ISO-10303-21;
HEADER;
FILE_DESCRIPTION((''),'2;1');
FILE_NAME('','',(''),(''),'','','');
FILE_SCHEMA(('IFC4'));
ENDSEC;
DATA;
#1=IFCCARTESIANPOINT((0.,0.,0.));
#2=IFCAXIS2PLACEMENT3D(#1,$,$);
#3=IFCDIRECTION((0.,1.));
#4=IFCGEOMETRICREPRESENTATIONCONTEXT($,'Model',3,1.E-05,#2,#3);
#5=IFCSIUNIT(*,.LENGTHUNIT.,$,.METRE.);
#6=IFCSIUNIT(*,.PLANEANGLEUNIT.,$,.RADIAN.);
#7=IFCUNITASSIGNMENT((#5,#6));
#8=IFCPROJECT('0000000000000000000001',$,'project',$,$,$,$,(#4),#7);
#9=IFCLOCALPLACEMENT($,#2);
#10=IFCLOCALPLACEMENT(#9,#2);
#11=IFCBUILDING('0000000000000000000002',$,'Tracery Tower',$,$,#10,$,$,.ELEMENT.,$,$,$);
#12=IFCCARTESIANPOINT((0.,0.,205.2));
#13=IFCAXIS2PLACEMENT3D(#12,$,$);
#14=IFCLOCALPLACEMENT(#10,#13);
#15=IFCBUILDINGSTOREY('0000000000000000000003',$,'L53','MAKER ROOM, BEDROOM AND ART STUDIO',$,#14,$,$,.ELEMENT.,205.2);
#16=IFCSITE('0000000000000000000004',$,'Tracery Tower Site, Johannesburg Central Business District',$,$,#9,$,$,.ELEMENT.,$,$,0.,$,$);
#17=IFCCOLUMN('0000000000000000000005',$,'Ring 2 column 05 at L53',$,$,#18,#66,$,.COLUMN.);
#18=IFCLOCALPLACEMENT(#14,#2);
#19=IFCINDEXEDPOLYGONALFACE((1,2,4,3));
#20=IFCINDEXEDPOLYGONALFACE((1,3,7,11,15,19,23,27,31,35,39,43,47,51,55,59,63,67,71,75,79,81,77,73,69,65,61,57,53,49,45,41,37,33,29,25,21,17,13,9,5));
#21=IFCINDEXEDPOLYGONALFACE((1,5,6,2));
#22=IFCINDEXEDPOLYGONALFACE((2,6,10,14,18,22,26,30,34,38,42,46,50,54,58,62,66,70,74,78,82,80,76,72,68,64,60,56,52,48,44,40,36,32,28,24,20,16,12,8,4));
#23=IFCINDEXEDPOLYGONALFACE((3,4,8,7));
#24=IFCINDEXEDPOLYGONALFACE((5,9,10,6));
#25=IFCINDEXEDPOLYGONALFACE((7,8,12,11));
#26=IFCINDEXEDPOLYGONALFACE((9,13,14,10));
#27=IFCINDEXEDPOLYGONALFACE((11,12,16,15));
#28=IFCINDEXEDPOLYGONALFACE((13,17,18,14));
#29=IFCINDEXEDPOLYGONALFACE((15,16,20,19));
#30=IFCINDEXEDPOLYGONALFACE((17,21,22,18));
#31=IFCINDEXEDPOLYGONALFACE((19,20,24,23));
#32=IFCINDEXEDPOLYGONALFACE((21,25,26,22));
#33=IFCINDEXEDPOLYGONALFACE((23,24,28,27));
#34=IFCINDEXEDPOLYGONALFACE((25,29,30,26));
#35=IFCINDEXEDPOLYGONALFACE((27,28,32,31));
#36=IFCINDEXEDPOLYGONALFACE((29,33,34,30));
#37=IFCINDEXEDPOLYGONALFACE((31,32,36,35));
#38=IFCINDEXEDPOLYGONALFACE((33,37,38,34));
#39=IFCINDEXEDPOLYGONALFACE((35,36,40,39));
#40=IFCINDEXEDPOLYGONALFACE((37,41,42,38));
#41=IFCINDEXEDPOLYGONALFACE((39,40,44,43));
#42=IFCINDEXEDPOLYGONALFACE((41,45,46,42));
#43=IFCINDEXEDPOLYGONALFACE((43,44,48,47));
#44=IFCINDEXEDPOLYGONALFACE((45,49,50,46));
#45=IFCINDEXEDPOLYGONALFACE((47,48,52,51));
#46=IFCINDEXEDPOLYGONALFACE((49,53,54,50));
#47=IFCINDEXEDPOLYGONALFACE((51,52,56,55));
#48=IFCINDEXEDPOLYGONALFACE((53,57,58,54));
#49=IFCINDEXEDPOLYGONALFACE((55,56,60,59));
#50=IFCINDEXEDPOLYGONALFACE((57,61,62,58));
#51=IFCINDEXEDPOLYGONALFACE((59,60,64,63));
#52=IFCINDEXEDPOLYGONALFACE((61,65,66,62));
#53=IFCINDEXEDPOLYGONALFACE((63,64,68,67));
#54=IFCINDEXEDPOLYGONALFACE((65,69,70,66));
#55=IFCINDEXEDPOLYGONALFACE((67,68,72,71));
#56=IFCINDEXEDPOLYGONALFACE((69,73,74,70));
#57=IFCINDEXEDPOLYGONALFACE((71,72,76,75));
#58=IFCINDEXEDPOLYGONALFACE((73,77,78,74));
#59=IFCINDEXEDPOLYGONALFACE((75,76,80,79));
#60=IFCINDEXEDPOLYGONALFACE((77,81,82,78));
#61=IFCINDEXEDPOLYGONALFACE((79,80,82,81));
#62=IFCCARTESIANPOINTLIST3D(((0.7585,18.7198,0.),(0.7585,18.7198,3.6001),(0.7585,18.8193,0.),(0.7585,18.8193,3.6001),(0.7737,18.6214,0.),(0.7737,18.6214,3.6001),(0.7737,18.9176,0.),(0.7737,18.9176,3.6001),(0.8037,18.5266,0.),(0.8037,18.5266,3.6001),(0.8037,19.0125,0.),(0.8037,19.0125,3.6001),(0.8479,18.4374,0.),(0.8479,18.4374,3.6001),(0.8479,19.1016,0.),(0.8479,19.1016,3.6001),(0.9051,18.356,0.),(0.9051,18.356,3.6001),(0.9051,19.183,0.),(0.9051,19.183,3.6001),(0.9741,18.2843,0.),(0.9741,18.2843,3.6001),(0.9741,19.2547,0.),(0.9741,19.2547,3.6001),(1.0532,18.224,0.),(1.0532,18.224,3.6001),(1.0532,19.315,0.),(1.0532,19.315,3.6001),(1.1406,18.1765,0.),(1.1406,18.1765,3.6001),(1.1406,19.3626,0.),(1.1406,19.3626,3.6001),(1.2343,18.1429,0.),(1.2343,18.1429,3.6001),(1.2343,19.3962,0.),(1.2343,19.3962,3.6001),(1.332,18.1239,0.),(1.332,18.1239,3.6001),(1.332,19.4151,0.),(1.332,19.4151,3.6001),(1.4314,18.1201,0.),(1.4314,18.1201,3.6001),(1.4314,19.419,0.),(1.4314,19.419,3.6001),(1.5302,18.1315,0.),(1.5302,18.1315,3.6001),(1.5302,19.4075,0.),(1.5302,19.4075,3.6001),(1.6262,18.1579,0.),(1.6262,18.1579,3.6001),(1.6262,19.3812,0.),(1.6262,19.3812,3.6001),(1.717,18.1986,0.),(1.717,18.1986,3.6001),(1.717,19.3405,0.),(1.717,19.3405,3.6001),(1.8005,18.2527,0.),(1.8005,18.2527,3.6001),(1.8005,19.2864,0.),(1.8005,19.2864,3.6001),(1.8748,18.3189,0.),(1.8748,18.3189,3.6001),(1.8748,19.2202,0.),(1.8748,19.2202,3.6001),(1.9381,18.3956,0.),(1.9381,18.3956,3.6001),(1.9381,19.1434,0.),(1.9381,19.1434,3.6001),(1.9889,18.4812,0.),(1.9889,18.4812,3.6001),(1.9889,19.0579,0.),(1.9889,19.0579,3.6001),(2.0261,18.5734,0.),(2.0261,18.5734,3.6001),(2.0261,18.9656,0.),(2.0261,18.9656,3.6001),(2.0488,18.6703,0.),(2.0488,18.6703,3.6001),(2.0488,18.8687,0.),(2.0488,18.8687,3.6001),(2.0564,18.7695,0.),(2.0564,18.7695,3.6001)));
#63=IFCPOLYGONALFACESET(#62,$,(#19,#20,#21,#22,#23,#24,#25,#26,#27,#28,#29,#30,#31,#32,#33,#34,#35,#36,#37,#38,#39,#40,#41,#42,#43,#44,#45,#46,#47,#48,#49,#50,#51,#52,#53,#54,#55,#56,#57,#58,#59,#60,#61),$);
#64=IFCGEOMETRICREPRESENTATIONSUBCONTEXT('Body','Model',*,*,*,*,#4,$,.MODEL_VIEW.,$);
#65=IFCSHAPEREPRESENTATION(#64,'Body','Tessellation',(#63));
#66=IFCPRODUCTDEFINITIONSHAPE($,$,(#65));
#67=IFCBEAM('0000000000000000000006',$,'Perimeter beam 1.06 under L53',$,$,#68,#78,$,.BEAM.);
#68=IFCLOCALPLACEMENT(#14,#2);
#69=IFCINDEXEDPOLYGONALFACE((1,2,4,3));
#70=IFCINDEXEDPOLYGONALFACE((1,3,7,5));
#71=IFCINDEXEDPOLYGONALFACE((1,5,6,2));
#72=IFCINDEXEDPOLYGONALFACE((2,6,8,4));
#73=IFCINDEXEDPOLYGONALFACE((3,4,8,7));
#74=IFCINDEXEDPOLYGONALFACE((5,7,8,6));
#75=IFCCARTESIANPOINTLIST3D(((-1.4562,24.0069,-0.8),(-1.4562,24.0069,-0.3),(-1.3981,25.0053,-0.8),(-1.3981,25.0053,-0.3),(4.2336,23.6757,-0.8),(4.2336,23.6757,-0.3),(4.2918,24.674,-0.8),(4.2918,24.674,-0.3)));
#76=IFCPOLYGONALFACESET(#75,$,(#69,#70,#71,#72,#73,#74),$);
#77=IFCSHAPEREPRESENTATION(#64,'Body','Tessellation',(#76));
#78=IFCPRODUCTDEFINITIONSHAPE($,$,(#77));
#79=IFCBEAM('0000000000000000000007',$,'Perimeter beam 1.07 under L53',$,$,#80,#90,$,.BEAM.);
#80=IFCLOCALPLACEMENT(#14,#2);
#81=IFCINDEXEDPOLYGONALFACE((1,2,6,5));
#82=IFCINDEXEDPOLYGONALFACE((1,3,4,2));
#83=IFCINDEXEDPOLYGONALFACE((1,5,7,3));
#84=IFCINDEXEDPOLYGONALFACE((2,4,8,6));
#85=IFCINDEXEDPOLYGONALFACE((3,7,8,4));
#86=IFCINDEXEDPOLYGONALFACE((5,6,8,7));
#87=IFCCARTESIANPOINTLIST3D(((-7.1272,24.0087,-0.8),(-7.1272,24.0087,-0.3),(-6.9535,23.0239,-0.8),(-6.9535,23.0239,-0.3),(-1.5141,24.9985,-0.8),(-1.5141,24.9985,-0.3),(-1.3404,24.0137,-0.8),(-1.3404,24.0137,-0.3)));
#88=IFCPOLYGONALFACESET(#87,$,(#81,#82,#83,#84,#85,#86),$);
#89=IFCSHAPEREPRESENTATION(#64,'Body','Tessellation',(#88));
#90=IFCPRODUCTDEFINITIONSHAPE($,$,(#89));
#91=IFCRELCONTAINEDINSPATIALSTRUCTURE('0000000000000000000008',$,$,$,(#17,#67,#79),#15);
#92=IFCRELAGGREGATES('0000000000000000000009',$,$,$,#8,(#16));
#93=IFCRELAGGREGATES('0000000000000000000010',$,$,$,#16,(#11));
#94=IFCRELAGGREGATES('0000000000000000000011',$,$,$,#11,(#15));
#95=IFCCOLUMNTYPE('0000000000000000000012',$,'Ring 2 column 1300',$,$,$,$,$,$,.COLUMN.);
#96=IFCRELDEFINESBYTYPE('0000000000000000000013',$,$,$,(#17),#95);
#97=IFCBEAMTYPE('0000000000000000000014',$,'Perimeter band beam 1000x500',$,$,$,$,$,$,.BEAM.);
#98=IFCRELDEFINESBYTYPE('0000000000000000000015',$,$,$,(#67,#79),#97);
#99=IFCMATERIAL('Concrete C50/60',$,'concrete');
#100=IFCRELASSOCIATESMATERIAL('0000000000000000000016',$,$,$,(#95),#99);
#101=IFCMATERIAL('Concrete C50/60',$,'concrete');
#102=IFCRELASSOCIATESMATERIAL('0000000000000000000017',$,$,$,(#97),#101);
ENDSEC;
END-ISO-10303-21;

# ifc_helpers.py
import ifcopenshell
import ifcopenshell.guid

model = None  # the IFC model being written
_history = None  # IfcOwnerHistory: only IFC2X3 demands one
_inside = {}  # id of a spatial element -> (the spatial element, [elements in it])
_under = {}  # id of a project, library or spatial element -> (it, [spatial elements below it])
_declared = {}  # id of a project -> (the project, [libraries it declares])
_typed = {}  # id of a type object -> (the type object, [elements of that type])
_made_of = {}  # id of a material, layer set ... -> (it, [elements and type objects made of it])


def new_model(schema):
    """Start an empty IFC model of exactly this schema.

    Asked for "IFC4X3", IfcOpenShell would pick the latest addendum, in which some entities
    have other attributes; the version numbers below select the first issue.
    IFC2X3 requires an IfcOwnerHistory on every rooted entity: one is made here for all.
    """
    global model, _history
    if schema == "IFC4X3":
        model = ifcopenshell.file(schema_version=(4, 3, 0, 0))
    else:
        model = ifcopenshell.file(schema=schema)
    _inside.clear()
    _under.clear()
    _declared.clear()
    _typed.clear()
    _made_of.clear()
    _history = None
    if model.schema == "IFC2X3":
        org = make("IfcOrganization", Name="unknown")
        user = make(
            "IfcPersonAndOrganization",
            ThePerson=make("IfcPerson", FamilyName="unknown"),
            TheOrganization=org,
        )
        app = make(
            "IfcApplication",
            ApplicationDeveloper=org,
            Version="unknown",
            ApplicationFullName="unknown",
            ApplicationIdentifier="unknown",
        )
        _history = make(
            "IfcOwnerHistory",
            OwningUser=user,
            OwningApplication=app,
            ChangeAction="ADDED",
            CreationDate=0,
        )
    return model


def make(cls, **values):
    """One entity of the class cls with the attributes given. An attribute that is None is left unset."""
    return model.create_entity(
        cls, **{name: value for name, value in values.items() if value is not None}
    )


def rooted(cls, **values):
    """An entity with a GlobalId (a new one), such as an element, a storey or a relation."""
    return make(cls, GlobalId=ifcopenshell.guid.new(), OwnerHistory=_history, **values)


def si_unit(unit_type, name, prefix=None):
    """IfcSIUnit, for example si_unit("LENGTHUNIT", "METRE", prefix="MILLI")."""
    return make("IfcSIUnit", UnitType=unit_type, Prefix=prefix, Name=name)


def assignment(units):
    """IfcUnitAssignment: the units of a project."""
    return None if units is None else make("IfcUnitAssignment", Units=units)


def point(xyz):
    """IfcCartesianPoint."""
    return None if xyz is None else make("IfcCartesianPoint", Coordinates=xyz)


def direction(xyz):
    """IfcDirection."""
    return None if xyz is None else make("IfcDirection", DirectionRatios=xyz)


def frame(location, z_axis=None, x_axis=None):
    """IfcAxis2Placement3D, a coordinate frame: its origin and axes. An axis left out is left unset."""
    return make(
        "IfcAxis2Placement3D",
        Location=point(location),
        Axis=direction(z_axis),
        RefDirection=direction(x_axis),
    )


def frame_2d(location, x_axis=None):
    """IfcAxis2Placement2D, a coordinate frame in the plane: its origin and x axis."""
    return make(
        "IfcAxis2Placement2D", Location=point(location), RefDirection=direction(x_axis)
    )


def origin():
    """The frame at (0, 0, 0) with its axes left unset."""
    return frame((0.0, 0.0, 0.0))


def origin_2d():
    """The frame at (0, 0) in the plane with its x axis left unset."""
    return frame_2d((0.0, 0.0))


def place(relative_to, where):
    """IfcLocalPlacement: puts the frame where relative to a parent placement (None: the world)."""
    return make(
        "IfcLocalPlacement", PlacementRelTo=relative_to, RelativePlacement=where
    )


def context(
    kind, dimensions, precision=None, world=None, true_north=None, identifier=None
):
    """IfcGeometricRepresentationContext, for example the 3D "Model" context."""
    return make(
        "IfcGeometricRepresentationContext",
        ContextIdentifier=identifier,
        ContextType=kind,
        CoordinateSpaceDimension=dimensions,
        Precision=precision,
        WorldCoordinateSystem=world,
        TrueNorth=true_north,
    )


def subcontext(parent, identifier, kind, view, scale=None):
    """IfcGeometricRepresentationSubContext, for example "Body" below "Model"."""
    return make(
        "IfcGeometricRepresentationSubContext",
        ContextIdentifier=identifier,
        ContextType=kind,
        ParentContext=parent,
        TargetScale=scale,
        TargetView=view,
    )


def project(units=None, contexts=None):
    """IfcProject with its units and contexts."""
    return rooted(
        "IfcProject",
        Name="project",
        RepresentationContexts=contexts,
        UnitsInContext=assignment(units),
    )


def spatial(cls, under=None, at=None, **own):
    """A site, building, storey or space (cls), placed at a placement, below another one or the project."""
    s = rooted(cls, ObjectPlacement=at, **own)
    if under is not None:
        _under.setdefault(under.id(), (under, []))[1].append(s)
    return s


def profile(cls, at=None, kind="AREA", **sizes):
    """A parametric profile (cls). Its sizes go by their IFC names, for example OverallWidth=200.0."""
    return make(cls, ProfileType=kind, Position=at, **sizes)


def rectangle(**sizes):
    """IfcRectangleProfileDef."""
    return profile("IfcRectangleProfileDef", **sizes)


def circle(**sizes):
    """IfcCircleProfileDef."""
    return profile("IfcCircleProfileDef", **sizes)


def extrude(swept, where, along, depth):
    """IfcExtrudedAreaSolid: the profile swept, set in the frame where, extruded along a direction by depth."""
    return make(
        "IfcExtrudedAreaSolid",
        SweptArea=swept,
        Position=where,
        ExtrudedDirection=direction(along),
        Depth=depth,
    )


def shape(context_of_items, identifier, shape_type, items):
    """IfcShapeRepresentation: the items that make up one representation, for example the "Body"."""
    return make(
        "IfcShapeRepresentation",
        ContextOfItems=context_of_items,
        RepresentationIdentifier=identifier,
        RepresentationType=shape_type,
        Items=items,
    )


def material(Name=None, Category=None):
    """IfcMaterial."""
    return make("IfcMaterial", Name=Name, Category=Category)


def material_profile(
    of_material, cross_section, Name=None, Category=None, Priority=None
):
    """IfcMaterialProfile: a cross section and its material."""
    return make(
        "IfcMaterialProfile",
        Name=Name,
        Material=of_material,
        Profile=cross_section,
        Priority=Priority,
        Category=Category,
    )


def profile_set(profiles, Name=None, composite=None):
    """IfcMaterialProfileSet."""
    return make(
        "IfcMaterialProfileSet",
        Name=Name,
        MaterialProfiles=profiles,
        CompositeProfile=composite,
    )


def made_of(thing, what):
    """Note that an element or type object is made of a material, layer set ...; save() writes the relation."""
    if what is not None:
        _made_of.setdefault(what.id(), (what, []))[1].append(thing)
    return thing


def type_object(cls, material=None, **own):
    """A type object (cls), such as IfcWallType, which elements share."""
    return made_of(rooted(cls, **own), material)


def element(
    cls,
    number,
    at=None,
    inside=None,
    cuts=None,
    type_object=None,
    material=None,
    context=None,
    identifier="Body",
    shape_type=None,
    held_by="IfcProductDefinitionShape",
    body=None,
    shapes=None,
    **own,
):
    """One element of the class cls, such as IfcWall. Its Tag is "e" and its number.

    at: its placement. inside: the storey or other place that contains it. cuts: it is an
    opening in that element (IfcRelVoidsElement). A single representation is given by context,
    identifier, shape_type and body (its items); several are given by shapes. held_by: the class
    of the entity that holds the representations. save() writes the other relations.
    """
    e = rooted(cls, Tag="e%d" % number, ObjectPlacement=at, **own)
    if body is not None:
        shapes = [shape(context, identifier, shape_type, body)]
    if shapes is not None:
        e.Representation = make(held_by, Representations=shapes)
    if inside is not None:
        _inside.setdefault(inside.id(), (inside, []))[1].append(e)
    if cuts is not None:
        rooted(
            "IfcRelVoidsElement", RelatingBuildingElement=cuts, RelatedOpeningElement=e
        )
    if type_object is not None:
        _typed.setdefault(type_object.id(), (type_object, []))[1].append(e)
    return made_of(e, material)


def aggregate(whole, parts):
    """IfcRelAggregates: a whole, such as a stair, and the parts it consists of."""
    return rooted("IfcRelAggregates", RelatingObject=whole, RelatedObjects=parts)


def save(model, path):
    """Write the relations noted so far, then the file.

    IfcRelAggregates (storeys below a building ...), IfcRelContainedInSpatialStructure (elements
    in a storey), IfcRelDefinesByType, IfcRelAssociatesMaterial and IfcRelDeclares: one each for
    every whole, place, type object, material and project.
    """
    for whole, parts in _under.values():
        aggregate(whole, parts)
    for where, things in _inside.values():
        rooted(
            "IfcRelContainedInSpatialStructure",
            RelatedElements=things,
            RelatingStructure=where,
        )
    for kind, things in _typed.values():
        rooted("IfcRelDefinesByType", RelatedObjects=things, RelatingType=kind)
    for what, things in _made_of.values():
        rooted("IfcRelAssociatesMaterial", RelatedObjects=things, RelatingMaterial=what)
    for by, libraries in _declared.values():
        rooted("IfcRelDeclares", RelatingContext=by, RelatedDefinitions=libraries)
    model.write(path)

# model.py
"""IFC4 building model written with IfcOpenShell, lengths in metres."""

from ifc_helpers import new_model, si_unit, direction, frame, origin, origin_2d, place, context, subcontext, project, spatial, rectangle, circle, extrude, material, material_profile, profile_set, type_object, element, save


model = new_model("IFC4")

# Units and contexts
model_context = context("Model", 3, precision=1e-05, world=origin(), true_north=direction((0.0, 1.0)))
body_context = subcontext(model_context, "Body", "Model", "MODEL_VIEW")
ifc_project = project(units=[si_unit("LENGTHUNIT", "METRE"), si_unit("PLANEANGLEUNIT", "RADIAN")], contexts=[model_context])

# Site, building, storey
site_placement = place(None, origin())
site = spatial("IfcSite", under=ifc_project, at=site_placement, Name="Tracery Tower Site, Johannesburg Central Business District", CompositionType="ELEMENT", RefElevation=0.0)
building_placement = place(site_placement, origin())
building = spatial("IfcBuilding", under=site, at=building_placement, Name="Tracery Tower", CompositionType="ELEMENT")
storey_placement = place(building_placement, frame((0.0, 0.0, 205.2)))
storey = spatial("IfcBuildingStorey", under=building, at=storey_placement, Name="L53", Description="MAKER ROOM, BEDROOM AND ART STUDIO", CompositionType="ELEMENT", Elevation=205.2)

# Column
ifc_material_1 = material(Name="Concrete C50/60", Category="concrete")
ifc_material_profile_1 = material_profile(ifc_material_1, circle(Radius=0.6499, at=origin_2d()), Name="RC D1300")
ifc_profile_set_1 = profile_set([ifc_material_profile_1], Name="Concrete C50/60")
column_type_1 = type_object("IfcColumnType", Name="Ring 2 column 1300", PredefinedType="COLUMN", material=ifc_profile_set_1)
for number, where, z_axis, x_axis, name in (
    (1, (1.4065, 18.7695, 0.0), (0.0, 0.0, 1.0), (1.0, 0.0, 0.0), "Ring 2 column 05 at L53"),
):
    element("IfcColumn", number, at=place(storey_placement, frame(where, z_axis=z_axis, x_axis=x_axis)), inside=storey, type_object=column_type_1, Name=name, PredefinedType="COLUMN", context=body_context, shape_type="SweptSolid", body=[
        extrude(circle(Radius=0.6499, at=origin_2d()), origin(), (0.0, 0.0, 1.0), 3.6001),
    ])

# Beams
ifc_material_2 = material(Name="Concrete C50/60", Category="concrete")
ifc_material_profile_2 = material_profile(ifc_material_2, rectangle(XDim=1.0, YDim=0.5, at=origin_2d()), Name="RC 1000x500")
ifc_profile_set_2 = profile_set([ifc_material_profile_2], Name="Concrete C50/60")
beam_type = type_object("IfcBeamType", Name="Perimeter band beam 1000x500", PredefinedType="BEAM", material=ifc_profile_set_2)
beam_1_placement = place(storey_placement, frame((4.2627, 24.1748, -0.55), z_axis=(-0.998309, 0.058127, 0.0), x_axis=(-0.058127, -0.998309, 0.0)))
element("IfcBeam", 2, at=beam_1_placement, inside=storey, type_object=beam_type, Name="Perimeter beam 1.06 under L53", PredefinedType="BEAM", context=body_context, shape_type="SweptSolid", body=[
    extrude(rectangle(XDim=1.0, YDim=0.5, at=origin_2d()), origin(), (0.0, 0.0, 1.0), 5.6995),
])
beam_2_placement = place(storey_placement, frame((-1.4272, 24.5061, -0.55), z_axis=(-0.984807, -0.173651, 0.0), x_axis=(0.173651, -0.984807, 0.0)))
element("IfcBeam", 3, at=beam_2_placement, inside=storey, type_object=beam_type, Name="Perimeter beam 1.07 under L53", PredefinedType="BEAM", context=body_context, shape_type="SweptSolid", body=[
    extrude(rectangle(XDim=1.0, YDim=0.5, at=origin_2d()), origin(), (0.0, 0.0, 1.0), 5.6997),
])

save(model, "model.ifc")
